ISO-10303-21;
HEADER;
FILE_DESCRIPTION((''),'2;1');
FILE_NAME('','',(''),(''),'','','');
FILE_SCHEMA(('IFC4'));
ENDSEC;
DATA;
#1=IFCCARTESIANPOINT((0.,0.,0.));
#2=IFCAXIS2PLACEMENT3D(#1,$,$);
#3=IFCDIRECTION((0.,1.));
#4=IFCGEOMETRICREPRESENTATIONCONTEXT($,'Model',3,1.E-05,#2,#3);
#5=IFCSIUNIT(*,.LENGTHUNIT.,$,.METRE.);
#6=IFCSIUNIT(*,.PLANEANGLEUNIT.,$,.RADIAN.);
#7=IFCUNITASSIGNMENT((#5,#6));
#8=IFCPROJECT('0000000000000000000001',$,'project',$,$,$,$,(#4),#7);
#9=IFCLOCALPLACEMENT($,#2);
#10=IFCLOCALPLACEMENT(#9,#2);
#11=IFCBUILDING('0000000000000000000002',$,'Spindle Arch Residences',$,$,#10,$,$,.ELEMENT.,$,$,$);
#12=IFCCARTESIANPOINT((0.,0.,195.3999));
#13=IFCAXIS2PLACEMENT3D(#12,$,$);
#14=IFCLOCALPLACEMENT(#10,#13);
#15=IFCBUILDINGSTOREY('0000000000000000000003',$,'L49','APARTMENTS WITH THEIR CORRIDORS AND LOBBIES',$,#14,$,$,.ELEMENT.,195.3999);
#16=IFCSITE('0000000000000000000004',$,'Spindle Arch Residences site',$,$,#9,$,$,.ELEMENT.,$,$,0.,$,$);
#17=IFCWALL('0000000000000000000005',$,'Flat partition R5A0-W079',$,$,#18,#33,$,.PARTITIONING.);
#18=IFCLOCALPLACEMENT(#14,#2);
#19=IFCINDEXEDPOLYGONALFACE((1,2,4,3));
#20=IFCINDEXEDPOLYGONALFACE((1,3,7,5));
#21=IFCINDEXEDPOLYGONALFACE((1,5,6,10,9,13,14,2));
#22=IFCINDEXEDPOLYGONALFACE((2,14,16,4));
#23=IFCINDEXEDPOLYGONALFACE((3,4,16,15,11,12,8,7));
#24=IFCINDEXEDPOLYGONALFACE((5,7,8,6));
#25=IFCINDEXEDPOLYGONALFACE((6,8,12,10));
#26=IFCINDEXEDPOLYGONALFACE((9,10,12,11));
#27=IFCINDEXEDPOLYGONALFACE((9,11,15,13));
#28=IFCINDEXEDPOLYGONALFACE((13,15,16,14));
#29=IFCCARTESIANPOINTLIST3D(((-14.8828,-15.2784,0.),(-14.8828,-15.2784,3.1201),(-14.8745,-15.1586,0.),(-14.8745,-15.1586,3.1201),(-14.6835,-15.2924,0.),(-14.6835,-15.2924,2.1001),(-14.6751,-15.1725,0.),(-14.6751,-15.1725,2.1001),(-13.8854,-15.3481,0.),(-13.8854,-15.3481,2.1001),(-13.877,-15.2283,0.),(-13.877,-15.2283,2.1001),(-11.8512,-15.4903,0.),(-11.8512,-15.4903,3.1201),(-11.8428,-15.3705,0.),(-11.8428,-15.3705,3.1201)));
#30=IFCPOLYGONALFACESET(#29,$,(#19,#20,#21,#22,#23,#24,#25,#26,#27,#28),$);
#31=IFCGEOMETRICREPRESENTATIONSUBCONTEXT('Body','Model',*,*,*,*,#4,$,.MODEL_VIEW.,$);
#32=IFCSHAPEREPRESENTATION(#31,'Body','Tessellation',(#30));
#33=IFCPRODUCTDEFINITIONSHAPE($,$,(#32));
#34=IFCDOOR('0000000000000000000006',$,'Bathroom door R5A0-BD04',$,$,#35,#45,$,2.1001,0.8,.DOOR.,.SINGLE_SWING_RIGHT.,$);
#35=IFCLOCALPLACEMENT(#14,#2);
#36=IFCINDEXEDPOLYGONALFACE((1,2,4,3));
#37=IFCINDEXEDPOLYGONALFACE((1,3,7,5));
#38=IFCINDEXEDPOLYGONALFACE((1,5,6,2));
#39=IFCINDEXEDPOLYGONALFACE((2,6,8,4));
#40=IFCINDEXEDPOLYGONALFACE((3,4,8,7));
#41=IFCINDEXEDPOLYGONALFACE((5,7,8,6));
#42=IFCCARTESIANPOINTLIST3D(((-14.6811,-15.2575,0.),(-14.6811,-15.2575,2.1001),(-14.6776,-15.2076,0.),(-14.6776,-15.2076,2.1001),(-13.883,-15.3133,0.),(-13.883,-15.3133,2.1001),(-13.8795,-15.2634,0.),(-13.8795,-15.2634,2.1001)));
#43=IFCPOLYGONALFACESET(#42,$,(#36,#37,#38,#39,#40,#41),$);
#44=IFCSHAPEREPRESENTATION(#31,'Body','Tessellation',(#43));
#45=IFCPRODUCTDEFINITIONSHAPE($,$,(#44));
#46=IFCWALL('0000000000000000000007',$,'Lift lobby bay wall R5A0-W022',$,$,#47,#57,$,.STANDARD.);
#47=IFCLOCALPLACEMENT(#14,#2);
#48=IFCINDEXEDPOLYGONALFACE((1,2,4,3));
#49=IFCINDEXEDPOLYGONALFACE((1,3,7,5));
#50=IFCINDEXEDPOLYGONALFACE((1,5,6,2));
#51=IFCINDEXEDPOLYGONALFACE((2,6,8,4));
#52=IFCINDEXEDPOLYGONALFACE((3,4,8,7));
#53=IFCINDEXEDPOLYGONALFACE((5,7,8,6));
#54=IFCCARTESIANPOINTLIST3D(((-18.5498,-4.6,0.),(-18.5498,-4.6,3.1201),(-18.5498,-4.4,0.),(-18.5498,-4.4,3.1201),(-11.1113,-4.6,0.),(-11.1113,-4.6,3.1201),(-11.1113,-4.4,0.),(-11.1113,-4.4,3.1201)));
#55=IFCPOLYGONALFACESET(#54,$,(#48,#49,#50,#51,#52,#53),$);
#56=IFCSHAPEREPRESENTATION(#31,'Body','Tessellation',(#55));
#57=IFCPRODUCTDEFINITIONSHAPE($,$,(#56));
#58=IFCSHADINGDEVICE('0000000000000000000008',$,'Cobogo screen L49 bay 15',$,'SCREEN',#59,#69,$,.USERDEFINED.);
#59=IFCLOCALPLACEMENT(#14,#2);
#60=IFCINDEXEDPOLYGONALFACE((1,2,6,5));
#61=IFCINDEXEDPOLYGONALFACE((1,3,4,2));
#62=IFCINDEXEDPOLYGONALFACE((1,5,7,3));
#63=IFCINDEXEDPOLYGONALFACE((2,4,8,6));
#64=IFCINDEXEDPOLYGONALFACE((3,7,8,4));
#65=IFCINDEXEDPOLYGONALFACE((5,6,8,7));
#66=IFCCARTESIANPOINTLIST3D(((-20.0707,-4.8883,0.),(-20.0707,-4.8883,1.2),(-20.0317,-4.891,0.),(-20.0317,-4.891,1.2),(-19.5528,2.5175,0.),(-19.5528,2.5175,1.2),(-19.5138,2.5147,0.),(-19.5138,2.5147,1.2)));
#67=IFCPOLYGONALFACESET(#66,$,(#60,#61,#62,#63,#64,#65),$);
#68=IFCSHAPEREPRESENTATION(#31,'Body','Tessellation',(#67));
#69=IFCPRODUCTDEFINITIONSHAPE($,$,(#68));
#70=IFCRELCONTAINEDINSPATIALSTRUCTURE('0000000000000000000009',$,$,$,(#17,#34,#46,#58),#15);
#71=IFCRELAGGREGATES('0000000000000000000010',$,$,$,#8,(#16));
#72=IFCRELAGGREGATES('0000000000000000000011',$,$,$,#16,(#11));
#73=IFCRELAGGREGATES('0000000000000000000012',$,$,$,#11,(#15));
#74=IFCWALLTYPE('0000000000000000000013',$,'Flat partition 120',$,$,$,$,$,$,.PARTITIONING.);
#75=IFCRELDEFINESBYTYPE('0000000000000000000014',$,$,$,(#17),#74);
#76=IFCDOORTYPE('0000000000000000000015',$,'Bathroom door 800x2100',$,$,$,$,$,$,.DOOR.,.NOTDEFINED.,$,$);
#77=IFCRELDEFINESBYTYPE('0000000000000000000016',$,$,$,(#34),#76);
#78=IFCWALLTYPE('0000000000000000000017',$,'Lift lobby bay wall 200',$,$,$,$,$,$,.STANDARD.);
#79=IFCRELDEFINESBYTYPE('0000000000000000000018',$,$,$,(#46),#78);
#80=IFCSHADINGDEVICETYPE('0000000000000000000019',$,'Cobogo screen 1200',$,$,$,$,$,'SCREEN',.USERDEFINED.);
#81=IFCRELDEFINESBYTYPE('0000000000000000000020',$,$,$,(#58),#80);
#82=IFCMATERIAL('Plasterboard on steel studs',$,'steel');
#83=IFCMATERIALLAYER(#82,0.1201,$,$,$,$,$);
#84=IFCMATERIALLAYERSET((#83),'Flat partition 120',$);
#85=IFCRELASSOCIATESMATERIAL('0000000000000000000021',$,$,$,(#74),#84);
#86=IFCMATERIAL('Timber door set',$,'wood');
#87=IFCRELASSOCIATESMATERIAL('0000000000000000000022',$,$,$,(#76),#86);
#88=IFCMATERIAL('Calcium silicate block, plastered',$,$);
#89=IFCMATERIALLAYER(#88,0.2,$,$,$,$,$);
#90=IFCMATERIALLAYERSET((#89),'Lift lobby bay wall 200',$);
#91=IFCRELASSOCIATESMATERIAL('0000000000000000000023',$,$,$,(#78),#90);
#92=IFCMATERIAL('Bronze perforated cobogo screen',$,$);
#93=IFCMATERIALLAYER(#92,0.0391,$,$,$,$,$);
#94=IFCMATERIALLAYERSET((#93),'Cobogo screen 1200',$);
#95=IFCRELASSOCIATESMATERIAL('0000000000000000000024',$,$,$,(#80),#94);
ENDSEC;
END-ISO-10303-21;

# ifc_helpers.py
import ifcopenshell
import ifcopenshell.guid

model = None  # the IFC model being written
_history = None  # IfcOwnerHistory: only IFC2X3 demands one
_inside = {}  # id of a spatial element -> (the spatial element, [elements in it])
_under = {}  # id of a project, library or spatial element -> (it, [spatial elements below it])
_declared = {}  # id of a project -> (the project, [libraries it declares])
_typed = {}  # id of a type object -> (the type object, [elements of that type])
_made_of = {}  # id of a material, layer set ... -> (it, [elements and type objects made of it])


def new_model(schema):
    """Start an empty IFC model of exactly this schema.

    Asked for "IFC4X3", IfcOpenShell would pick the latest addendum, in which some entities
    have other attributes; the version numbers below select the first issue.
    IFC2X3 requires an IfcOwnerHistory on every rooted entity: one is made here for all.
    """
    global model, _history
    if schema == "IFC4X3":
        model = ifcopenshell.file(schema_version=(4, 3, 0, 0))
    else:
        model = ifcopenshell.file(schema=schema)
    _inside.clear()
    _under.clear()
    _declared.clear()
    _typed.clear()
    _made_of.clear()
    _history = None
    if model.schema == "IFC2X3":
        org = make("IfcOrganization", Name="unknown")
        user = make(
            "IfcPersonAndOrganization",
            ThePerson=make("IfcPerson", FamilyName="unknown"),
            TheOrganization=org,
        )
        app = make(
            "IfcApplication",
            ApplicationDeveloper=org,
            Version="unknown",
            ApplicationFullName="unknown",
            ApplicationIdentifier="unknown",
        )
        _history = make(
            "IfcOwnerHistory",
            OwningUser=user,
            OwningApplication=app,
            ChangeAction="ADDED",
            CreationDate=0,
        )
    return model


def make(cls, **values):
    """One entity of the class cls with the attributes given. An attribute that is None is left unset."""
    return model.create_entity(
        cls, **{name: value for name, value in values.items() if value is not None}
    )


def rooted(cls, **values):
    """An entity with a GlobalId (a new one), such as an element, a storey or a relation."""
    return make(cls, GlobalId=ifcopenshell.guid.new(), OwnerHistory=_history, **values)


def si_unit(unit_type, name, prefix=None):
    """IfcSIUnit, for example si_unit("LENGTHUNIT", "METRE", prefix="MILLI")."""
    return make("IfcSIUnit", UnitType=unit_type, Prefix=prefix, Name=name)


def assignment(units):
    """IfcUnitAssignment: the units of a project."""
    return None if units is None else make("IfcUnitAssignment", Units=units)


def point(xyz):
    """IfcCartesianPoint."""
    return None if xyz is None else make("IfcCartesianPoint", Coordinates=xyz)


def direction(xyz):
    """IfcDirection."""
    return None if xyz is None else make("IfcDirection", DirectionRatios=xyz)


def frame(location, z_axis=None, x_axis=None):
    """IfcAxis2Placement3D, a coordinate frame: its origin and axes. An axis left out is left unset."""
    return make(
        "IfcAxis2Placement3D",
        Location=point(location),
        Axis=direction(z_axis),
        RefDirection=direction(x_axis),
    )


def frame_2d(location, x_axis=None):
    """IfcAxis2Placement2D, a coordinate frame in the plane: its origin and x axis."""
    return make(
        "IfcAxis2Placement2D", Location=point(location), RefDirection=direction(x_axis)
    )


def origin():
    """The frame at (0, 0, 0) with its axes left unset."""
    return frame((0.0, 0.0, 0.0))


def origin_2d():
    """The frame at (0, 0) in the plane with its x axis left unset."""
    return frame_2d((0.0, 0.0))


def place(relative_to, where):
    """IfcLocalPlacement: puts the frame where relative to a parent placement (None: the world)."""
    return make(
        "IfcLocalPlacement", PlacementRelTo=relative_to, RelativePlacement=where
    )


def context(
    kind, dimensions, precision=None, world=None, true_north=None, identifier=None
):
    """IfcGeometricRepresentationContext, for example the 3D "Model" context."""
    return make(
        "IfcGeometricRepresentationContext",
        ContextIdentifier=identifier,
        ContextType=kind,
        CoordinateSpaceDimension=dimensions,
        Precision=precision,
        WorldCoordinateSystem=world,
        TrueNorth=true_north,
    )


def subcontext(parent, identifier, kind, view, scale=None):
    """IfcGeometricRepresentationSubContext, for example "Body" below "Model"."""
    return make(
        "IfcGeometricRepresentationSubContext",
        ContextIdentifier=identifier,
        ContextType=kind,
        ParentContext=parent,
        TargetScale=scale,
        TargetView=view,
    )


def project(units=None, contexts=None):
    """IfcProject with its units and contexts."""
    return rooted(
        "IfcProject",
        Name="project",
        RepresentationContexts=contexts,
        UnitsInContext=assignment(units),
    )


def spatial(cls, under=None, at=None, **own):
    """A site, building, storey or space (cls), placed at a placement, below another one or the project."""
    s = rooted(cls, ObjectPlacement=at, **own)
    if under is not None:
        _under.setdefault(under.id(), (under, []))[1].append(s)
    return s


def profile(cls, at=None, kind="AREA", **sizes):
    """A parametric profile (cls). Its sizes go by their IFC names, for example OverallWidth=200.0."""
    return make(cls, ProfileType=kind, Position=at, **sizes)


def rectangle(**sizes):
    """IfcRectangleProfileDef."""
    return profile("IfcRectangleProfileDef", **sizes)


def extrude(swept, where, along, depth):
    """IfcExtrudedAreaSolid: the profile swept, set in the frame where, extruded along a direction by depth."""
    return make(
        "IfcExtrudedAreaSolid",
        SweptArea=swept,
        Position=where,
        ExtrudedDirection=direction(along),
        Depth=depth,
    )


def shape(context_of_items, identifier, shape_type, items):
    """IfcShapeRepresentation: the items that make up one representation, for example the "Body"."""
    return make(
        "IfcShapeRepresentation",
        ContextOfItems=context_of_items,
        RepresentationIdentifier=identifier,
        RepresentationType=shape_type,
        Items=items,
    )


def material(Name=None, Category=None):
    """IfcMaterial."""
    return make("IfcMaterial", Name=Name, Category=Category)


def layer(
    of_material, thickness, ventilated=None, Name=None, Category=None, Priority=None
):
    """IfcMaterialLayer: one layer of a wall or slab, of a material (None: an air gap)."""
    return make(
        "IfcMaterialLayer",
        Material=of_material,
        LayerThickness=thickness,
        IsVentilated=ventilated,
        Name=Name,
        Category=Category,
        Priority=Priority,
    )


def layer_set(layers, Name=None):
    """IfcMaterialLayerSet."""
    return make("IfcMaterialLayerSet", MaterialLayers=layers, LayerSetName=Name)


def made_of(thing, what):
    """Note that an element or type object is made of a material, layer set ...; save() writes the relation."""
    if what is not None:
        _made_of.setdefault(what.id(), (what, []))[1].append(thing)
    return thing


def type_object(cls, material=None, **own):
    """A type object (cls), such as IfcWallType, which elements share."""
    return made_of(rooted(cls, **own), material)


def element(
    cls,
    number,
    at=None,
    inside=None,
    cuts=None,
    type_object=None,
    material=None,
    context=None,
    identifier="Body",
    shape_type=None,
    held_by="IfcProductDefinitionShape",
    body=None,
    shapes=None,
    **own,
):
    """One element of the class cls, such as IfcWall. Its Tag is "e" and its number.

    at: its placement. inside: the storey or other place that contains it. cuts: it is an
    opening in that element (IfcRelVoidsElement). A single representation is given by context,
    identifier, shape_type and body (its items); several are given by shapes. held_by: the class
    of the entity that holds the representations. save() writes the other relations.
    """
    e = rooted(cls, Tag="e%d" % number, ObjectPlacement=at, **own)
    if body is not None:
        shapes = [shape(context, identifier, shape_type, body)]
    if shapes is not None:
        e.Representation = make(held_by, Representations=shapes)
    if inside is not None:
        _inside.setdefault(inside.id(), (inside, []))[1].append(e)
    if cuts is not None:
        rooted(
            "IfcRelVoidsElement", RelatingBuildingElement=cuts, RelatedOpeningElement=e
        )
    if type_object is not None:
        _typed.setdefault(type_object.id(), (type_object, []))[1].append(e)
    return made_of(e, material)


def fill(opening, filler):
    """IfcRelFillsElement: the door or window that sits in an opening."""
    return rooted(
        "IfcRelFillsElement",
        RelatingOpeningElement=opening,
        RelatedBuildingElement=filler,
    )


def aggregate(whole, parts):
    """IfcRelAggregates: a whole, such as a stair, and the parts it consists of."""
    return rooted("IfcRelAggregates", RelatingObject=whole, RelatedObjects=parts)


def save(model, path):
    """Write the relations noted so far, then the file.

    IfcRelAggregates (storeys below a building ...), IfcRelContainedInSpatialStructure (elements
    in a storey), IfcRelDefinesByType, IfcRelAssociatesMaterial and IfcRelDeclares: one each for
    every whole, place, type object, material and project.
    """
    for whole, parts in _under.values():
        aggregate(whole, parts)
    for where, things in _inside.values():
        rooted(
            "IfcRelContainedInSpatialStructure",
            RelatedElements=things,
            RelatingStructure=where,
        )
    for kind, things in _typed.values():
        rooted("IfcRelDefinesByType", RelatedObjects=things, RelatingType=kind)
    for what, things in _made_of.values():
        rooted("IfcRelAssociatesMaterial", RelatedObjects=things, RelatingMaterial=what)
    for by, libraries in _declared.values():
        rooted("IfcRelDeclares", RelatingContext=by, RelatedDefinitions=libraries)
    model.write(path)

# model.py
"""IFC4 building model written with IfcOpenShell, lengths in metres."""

from ifc_helpers import new_model, si_unit, direction, frame, frame_2d, origin, origin_2d, place, context, subcontext, project, spatial, rectangle, extrude, material, layer, layer_set, type_object, element, fill, save


model = new_model("IFC4")

# Units and contexts
model_context = context("Model", 3, precision=1e-05, world=origin(), true_north=direction((0.0, 1.0)))
body_context = subcontext(model_context, "Body", "Model", "MODEL_VIEW")
ifc_project = project(units=[si_unit("LENGTHUNIT", "METRE"), si_unit("PLANEANGLEUNIT", "RADIAN")], contexts=[model_context])

# Site, building, storey
site_placement = place(None, origin())
site = spatial("IfcSite", under=ifc_project, at=site_placement, Name="Spindle Arch Residences site", CompositionType="ELEMENT", RefElevation=0.0)
building_placement = place(site_placement, origin())
building = spatial("IfcBuilding", under=site, at=building_placement, Name="Spindle Arch Residences", CompositionType="ELEMENT")
storey_placement = place(building_placement, frame((0.0, 0.0, 195.3999)))
storey = spatial("IfcBuildingStorey", under=building, at=storey_placement, Name="L49", Description="APARTMENTS WITH THEIR CORRIDORS AND LOBBIES", CompositionType="ELEMENT", Elevation=195.3999)

# Shared definitions
ifc_material_1 = material(Name="Plasterboard on steel studs", Category="steel")
ifc_layer_1 = layer(ifc_material_1, 0.1201)
ifc_layer_set_1 = layer_set([ifc_layer_1], Name="Flat partition 120")
wall_type_1 = type_object("IfcWallType", Name="Flat partition 120", PredefinedType="PARTITIONING", material=ifc_layer_set_1)

# Wall, opening, door
wall_1_placement = place(storey_placement, frame((-14.8787, -15.2185, 0.0), z_axis=(0.0, 0.0, 1.0), x_axis=(0.997566, -0.069728, 0.0)))
wall_1 = element("IfcWall", 1, at=wall_1_placement, inside=storey, type_object=wall_type_1, Name="Flat partition R5A0-W079", PredefinedType="PARTITIONING", context=body_context, shape_type="SweptSolid", body=[
    extrude(rectangle(XDim=3.0391, YDim=0.1201, at=frame_2d((1.5195, 0.0))), origin(), (0.0, 0.0, 1.0), 3.1201),
])
opening_1_placement = place(wall_1_placement, frame((0.2, 0.0, 0.0)))
opening_1 = element("IfcOpeningElement", 2, at=opening_1_placement, cuts=wall_1, PredefinedType="OPENING", context=body_context, shape_type="SweptSolid", body=[
    extrude(rectangle(XDim=0.8, YDim=2.1001, at=frame_2d((0.3999, 1.05))), frame((0.0, 0.0701, 0.0), z_axis=(0.0, -1.0, 0.0), x_axis=(1.0, 0.0, 0.0)), (0.0, 0.0, 1.0), 0.1401),
])
ifc_material_2 = material(Name="Timber door set", Category="wood")
door_type_1 = type_object("IfcDoorType", Name="Bathroom door 800x2100", OperationType="NOTDEFINED", PredefinedType="DOOR", material=ifc_material_2)
door_1_placement = place(opening_1_placement, origin())
door_1 = element("IfcDoor", 3, at=door_1_placement, inside=storey, type_object=door_type_1, Name="Bathroom door R5A0-BD04", OperationType="SINGLE_SWING_RIGHT", OverallHeight=2.1001, OverallWidth=0.8, PredefinedType="DOOR", context=body_context, shape_type="SweptSolid", body=[
    extrude(rectangle(XDim=0.8, YDim=2.1001, at=frame_2d((0.3999, 1.05))), frame((0.0, 0.0249, 0.0), z_axis=(0.0, -1.0, 0.0), x_axis=(1.0, 0.0, 0.0)), (0.0, 0.0, 1.0), 0.05),
])
fill(opening_1, door_1)

# Wall
ifc_material_3 = material(Name="Calcium silicate block, plastered")
ifc_layer_2 = layer(ifc_material_3, 0.2)
ifc_layer_set_2 = layer_set([ifc_layer_2], Name="Lift lobby bay wall 200")
wall_type_2 = type_object("IfcWallType", Name="Lift lobby bay wall 200", PredefinedType="STANDARD", material=ifc_layer_set_2)
wall_2_placement = place(storey_placement, frame((-18.5498, -4.5, 0.0), z_axis=(0.0, 0.0, 1.0), x_axis=(1.0, 0.0, 0.0)))
element("IfcWall", 4, at=wall_2_placement, inside=storey, type_object=wall_type_2, Name="Lift lobby bay wall R5A0-W022", PredefinedType="STANDARD", context=body_context, shape_type="SweptSolid", body=[
    extrude(rectangle(XDim=7.4385, YDim=0.2, at=frame_2d((3.7192, 0.0))), origin(), (0.0, 0.0, 1.0), 3.1201),
])

# Shading device
ifc_material_4 = material(Name="Bronze perforated cobogo screen")
ifc_layer_3 = layer(ifc_material_4, 0.0391)
ifc_layer_set_3 = layer_set([ifc_layer_3], Name="Cobogo screen 1200")
shading_device_type = type_object("IfcShadingDeviceType", Name="Cobogo screen 1200", ElementType="SCREEN", PredefinedType="USERDEFINED", material=ifc_layer_set_3)
shading_device_placement = place(storey_placement, frame((-19.7922, -1.1868, 0.0), z_axis=(0.0, 0.0, 1.0), x_axis=(-0.069756, -0.997564, 0.0)))
element("IfcShadingDevice", 5, at=shading_device_placement, inside=storey, type_object=shading_device_type, Name="Cobogo screen L49 bay 15", ObjectType="SCREEN", PredefinedType="USERDEFINED", context=body_context, shape_type="SweptSolid", body=[
    extrude(rectangle(XDim=7.4238, YDim=0.0391, at=origin_2d()), origin(), (0.0, 0.0, 1.0), 1.2),
])

save(model, "model.ifc")
